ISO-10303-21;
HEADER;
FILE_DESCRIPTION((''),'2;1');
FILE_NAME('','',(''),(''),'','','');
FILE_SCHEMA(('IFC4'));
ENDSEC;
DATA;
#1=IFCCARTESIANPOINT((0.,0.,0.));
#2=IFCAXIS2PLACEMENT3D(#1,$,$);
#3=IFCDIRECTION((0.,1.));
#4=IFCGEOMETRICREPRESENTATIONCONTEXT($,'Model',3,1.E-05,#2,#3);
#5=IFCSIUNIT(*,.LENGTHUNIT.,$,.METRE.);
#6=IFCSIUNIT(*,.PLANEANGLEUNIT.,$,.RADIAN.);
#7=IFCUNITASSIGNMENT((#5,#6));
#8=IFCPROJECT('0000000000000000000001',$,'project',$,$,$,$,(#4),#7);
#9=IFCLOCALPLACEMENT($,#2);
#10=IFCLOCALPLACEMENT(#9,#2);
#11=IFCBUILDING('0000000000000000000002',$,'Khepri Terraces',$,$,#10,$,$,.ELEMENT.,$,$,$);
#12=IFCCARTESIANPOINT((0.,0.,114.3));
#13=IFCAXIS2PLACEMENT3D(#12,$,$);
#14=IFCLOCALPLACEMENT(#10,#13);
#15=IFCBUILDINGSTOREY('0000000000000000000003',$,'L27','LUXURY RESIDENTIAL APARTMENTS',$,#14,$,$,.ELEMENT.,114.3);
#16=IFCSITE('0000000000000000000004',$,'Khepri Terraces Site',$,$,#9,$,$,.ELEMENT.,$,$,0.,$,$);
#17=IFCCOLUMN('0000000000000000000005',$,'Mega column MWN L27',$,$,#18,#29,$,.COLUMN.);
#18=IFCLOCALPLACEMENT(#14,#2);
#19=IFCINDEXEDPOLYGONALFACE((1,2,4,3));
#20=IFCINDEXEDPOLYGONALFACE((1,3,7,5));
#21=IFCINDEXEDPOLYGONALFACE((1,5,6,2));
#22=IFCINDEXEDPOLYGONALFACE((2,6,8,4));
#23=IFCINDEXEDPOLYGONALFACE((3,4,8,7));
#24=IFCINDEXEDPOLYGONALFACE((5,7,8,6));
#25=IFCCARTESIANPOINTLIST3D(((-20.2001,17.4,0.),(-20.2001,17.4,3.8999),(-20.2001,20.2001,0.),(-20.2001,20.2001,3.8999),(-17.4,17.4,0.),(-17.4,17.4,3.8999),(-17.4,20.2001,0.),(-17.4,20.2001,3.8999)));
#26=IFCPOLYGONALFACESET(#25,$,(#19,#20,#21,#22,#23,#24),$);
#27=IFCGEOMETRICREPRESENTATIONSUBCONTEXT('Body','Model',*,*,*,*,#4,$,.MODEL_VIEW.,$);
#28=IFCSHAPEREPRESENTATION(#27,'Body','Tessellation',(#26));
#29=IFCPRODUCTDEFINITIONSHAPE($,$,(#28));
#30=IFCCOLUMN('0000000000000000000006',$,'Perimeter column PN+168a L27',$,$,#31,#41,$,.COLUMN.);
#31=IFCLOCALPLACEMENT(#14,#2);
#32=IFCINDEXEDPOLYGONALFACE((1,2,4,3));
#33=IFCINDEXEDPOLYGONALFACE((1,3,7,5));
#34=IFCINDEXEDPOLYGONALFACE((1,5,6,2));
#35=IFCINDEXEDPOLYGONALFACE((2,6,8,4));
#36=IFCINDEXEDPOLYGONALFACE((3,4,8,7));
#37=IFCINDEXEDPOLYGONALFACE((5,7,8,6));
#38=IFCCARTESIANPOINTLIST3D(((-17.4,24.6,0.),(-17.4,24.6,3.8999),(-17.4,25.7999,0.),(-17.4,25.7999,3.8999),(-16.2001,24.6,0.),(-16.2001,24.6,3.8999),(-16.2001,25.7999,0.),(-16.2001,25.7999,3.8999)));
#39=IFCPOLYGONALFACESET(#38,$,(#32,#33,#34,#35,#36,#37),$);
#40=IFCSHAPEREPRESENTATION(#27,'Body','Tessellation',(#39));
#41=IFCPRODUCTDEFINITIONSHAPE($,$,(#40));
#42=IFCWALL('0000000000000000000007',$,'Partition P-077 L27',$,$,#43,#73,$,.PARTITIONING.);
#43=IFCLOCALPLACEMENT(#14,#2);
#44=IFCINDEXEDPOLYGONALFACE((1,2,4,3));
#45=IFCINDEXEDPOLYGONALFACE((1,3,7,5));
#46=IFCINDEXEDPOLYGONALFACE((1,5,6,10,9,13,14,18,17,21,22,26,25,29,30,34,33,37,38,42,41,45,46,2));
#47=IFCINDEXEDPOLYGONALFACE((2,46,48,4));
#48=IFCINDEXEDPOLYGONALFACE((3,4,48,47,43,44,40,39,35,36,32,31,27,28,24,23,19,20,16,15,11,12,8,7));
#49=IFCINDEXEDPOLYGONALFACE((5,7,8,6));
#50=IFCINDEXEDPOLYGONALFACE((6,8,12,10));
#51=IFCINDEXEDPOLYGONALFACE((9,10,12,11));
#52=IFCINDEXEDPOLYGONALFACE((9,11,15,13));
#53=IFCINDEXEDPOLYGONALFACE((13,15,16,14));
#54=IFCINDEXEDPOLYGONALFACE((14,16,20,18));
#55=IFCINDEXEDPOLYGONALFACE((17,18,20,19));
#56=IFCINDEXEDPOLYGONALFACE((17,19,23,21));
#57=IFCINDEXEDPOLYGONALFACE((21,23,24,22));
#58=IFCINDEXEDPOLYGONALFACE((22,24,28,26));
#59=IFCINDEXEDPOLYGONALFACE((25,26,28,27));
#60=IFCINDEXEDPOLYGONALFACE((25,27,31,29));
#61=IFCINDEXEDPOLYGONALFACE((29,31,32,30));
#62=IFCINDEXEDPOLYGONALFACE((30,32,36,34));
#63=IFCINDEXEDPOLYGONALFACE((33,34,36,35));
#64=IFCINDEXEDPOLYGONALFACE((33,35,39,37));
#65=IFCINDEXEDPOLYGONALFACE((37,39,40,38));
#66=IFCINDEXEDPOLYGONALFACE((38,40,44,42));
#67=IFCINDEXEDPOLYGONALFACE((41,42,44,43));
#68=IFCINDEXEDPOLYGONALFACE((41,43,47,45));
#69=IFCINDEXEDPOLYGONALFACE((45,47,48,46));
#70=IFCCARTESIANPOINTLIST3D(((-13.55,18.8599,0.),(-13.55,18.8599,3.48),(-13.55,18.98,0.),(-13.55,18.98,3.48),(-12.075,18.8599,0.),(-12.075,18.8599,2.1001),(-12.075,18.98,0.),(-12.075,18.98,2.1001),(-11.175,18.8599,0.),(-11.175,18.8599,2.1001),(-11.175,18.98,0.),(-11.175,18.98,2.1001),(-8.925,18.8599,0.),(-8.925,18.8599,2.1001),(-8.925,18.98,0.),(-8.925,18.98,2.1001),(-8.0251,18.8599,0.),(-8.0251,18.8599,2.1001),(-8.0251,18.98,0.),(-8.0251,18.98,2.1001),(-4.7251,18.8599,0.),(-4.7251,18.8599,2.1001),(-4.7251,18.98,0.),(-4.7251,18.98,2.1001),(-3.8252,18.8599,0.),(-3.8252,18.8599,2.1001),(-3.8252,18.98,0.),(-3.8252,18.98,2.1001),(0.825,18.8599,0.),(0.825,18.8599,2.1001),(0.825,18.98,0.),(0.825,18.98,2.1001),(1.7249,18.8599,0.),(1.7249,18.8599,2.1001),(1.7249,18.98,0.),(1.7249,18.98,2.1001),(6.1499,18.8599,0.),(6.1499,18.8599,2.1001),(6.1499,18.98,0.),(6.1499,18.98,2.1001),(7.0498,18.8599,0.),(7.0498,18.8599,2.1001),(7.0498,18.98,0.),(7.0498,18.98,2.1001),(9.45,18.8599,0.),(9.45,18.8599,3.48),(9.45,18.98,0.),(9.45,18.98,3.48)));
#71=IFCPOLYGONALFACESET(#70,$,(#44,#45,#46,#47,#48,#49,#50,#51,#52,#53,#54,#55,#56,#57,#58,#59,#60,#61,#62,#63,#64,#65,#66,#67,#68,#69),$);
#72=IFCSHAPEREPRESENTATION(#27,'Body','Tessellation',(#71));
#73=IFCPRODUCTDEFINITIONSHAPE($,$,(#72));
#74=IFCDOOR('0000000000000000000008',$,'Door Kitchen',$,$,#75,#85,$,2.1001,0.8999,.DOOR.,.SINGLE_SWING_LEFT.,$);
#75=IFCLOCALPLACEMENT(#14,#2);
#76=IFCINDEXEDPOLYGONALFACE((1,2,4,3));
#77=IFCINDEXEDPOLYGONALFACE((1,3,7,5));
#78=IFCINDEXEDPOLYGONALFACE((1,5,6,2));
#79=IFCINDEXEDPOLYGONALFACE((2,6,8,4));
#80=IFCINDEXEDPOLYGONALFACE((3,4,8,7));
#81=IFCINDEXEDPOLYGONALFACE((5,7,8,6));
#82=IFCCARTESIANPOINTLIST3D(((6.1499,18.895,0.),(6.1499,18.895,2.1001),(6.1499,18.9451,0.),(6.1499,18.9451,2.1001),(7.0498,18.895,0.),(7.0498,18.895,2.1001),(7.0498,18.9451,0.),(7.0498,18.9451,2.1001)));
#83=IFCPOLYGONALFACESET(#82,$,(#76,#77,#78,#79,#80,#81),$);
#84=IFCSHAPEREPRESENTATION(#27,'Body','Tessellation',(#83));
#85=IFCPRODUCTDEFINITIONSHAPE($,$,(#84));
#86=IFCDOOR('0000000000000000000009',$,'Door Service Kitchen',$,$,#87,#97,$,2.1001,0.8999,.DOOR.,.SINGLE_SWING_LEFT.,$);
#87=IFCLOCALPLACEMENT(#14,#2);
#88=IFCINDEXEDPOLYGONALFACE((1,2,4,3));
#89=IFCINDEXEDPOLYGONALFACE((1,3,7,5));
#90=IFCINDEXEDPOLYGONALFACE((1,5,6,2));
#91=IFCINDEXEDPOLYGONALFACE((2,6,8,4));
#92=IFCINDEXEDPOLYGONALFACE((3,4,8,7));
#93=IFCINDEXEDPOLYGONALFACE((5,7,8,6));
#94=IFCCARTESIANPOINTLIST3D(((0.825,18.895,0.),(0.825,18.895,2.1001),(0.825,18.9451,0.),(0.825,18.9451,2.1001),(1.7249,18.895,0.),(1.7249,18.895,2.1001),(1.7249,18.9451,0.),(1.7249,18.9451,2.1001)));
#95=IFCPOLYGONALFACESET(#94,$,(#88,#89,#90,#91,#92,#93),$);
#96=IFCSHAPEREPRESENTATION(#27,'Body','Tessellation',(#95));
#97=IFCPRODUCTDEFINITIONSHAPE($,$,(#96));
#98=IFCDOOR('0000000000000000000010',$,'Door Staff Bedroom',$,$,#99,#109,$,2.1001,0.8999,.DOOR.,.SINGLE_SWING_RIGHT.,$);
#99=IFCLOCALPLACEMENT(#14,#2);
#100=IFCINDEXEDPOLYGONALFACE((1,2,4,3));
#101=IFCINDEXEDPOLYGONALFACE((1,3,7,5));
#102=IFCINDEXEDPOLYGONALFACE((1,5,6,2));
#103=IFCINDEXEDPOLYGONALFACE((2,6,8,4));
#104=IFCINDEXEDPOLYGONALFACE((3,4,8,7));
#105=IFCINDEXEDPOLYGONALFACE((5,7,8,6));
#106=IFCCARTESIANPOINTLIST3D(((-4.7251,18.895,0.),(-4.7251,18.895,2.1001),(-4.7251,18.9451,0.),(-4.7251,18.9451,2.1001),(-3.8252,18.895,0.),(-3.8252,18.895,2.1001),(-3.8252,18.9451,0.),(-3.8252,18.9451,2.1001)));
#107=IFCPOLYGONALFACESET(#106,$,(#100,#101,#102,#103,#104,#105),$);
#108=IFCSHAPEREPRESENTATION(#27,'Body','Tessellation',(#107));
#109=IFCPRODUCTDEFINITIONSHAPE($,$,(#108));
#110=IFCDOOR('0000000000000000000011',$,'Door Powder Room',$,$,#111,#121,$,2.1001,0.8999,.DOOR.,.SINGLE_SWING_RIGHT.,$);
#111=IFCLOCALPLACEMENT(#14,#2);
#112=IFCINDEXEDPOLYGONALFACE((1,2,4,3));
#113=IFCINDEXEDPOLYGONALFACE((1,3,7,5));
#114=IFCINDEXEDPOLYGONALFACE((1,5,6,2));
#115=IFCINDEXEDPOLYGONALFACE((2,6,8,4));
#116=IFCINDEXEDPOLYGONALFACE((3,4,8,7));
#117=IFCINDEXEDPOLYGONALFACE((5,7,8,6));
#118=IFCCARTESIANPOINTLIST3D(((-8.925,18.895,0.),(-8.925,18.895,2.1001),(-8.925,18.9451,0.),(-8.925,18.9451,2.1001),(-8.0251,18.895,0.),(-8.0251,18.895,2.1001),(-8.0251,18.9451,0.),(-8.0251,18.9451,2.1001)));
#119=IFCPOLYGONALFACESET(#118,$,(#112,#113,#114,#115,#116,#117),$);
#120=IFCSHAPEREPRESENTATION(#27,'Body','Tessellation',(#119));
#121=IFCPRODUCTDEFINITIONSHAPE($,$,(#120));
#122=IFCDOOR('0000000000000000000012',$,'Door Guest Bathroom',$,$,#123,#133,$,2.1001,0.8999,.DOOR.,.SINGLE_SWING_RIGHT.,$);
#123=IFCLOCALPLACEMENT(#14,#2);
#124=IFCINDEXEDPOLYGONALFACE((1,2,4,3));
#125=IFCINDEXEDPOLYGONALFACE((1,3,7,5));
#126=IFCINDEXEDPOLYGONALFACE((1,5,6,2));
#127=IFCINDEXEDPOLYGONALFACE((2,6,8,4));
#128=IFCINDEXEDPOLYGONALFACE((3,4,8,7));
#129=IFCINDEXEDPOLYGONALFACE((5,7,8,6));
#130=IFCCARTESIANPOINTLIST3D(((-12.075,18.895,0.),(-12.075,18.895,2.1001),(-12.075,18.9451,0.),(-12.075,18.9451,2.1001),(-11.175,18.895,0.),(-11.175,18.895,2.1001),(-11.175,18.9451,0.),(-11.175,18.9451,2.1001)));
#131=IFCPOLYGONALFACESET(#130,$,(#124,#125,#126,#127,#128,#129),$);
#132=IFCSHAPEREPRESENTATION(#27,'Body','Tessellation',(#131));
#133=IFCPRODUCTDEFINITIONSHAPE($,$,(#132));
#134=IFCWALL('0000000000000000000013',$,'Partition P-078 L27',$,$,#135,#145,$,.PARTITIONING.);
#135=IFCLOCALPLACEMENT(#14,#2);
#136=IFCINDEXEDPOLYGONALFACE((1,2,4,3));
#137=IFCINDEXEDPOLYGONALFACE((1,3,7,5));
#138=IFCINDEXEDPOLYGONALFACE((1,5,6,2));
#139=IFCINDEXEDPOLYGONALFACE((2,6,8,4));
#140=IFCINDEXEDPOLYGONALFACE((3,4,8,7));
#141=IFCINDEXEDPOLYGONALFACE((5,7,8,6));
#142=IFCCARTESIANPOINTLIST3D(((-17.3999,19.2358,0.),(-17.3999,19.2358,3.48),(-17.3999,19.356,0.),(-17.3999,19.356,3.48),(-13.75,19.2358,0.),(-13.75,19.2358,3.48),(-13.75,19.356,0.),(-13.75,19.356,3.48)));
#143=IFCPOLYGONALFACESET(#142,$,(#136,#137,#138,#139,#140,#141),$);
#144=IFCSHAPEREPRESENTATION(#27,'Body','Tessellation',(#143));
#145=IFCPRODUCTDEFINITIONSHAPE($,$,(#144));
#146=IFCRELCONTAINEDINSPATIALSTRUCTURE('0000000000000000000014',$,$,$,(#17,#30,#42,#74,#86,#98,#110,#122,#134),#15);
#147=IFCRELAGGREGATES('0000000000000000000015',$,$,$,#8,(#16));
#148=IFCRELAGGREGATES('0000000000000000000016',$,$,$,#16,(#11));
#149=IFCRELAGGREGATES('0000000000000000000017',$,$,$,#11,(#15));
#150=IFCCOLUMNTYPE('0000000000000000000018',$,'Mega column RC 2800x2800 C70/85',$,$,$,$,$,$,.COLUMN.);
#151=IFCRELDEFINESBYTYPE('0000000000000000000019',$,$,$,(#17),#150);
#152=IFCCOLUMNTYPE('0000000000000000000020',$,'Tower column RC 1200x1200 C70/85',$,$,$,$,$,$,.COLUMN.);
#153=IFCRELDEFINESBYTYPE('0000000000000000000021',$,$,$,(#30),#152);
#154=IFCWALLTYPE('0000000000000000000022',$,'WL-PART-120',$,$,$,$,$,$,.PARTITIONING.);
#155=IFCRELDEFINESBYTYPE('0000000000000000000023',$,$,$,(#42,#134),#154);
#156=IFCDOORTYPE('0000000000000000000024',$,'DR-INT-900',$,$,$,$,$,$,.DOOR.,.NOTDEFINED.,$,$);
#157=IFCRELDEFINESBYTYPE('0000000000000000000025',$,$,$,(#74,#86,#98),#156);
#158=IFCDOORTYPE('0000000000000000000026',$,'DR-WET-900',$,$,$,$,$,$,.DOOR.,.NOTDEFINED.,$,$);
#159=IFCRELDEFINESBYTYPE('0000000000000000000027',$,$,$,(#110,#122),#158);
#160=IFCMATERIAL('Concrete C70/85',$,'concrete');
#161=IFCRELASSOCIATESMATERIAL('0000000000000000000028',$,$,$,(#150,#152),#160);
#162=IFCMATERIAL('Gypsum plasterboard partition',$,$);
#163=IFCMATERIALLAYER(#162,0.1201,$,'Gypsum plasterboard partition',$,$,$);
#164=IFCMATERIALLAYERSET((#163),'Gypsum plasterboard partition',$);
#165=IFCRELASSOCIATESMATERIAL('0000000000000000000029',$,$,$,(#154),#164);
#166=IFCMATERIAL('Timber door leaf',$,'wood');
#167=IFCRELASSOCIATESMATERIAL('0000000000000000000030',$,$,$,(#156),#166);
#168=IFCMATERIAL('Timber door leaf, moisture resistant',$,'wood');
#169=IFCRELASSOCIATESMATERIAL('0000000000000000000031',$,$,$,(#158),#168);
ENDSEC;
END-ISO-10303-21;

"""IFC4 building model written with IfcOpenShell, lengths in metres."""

from ifc_helpers import new_model, si_unit, direction, frame, frame_2d, origin, origin_2d, place, context, subcontext, project, spatial, rectangle, extrude, material, layer, layer_set, material_profile, profile_set, type_object, element, fill, save


model = new_model("IFC4")

# Units and contexts
model_context = context("Model", 3, precision=1e-05, world=origin(), true_north=direction((0.0, 1.0)))
body_context = subcontext(model_context, "Body", "Model", "MODEL_VIEW")
ifc_project = project(units=[si_unit("LENGTHUNIT", "METRE"), si_unit("PLANEANGLEUNIT", "RADIAN")], contexts=[model_context])

# Site, building, storey
site_placement = place(None, origin())
site = spatial("IfcSite", under=ifc_project, at=site_placement, Name="Khepri Terraces Site", CompositionType="ELEMENT", RefElevation=0.0)
building_placement = place(site_placement, origin())
building = spatial("IfcBuilding", under=site, at=building_placement, Name="Khepri Terraces", CompositionType="ELEMENT")
storey_placement = place(building_placement, frame((0.0, 0.0, 114.3)))
storey = spatial("IfcBuildingStorey", under=building, at=storey_placement, Name="L27", Description="LUXURY RESIDENTIAL APARTMENTS", CompositionType="ELEMENT", Elevation=114.3)

# Columns
ifc_material_1 = material(Name="Concrete C70/85", Category="concrete")
ifc_material_profile_1 = material_profile(ifc_material_1, rectangle(XDim=2.8, YDim=2.8, at=origin_2d()), Name="Concrete C70/85", Category="concrete")
ifc_profile_set_1 = profile_set([ifc_material_profile_1], Name="Concrete C70/85")
column_type_1 = type_object("IfcColumnType", Name="Mega column RC 2800x2800 C70/85", PredefinedType="COLUMN", material=ifc_profile_set_1)
column_1_placement = place(storey_placement, frame((-18.8, 18.8, 0.0), z_axis=(0.0, 0.0, 1.0), x_axis=(1.0, 0.0, 0.0)))
element("IfcColumn", 1, at=column_1_placement, inside=storey, type_object=column_type_1, Name="Mega column MWN L27", PredefinedType="COLUMN", context=body_context, shape_type="SweptSolid", body=[
    extrude(rectangle(XDim=2.8, YDim=2.8, at=origin_2d()), origin(), (0.0, 0.0, 1.0), 3.8999),
])
ifc_material_profile_2 = material_profile(ifc_material_1, rectangle(XDim=1.2, YDim=1.2, at=origin_2d()), Name="Concrete C70/85", Category="concrete")
ifc_profile_set_2 = profile_set([ifc_material_profile_2], Name="Concrete C70/85")
column_type_2 = type_object("IfcColumnType", Name="Tower column RC 1200x1200 C70/85", PredefinedType="COLUMN", material=ifc_profile_set_2)
column_2_placement = place(storey_placement, frame((-16.8, 25.2, 0.0), z_axis=(0.0, 0.0, 1.0), x_axis=(1.0, 0.0, 0.0)))
element("IfcColumn", 2, at=column_2_placement, inside=storey, type_object=column_type_2, Name="Perimeter column PN+168a L27", PredefinedType="COLUMN", context=body_context, shape_type="SweptSolid", body=[
    extrude(rectangle(XDim=1.2, YDim=1.2, at=origin_2d()), origin(), (0.0, 0.0, 1.0), 3.8999),
])

# Wall, openings, doors
ifc_material_2 = material(Name="Gypsum plasterboard partition")
ifc_layer_1 = layer(ifc_material_2, 0.1201, Name="Gypsum plasterboard partition")
ifc_layer_set_1 = layer_set([ifc_layer_1], Name="Gypsum plasterboard partition")
wall_type_1 = type_object("IfcWallType", Name="WL-PART-120", PredefinedType="PARTITIONING", material=ifc_layer_set_1)
wall_1_placement = place(storey_placement, frame((-13.55, 18.9199, 0.0), z_axis=(0.0, 0.0, 1.0), x_axis=(1.0, 0.0, 0.0)))
wall_1 = element("IfcWall", 3, at=wall_1_placement, inside=storey, type_object=wall_type_1, Name="Partition P-077 L27", PredefinedType="PARTITIONING", context=body_context, shape_type="SweptSolid", body=[
    extrude(rectangle(XDim=23.0, YDim=0.1201, at=frame_2d((11.5, 0.0))), origin(), (0.0, 0.0, 1.0), 3.48),
])
opening_1_placement = place(wall_1_placement, frame((19.7, 0.0, 0.0)))
opening_1 = element("IfcOpeningElement", 4, at=opening_1_placement, cuts=wall_1, PredefinedType="OPENING", context=body_context, shape_type="SweptSolid", body=[
    extrude(rectangle(XDim=0.8999, YDim=2.1001, at=frame_2d((0.45, 1.05))), frame((0.0, 0.0701, 0.0), z_axis=(0.0, -1.0, 0.0), x_axis=(1.0, 0.0, 0.0)), (0.0, 0.0, 1.0), 0.1401),
])
opening_2_placement = place(wall_1_placement, frame((14.375, 0.0, 0.0)))
opening_2 = element("IfcOpeningElement", 5, at=opening_2_placement, cuts=wall_1, PredefinedType="OPENING", context=body_context, shape_type="SweptSolid", body=[
    extrude(rectangle(XDim=0.8999, YDim=2.1001, at=frame_2d((0.45, 1.05))), frame((0.0, 0.0701, 0.0), z_axis=(0.0, -1.0, 0.0), x_axis=(1.0, 0.0, 0.0)), (0.0, 0.0, 1.0), 0.1401),
])
opening_3_placement = place(wall_1_placement, frame((8.825, 0.0, 0.0)))
opening_3 = element("IfcOpeningElement", 6, at=opening_3_placement, cuts=wall_1, PredefinedType="OPENING", context=body_context, shape_type="SweptSolid", body=[
    extrude(rectangle(XDim=0.8999, YDim=2.1001, at=frame_2d((0.45, 1.05))), frame((0.0, 0.0701, 0.0), z_axis=(0.0, -1.0, 0.0), x_axis=(1.0, 0.0, 0.0)), (0.0, 0.0, 1.0), 0.1401),
])
opening_4_placement = place(wall_1_placement, frame((4.625, 0.0, 0.0)))
opening_4 = element("IfcOpeningElement", 7, at=opening_4_placement, cuts=wall_1, PredefinedType="OPENING", context=body_context, shape_type="SweptSolid", body=[
    extrude(rectangle(XDim=0.8999, YDim=2.1001, at=frame_2d((0.45, 1.05))), frame((0.0, 0.0701, 0.0), z_axis=(0.0, -1.0, 0.0), x_axis=(1.0, 0.0, 0.0)), (0.0, 0.0, 1.0), 0.1401),
])
opening_5_placement = place(wall_1_placement, frame((1.4751, 0.0, 0.0)))
opening_5 = element("IfcOpeningElement", 8, at=opening_5_placement, cuts=wall_1, PredefinedType="OPENING", context=body_context, shape_type="SweptSolid", body=[
    extrude(rectangle(XDim=0.8999, YDim=2.1001, at=frame_2d((0.45, 1.05))), frame((0.0, 0.0701, 0.0), z_axis=(0.0, -1.0, 0.0), x_axis=(1.0, 0.0, 0.0)), (0.0, 0.0, 1.0), 0.1401),
])
ifc_material_3 = material(Name="Timber door leaf", Category="wood")
door_type_1 = type_object("IfcDoorType", Name="DR-INT-900", OperationType="NOTDEFINED", PredefinedType="DOOR", material=ifc_material_3)
door_1_placement = place(opening_1_placement, frame((0.8999, 0.0, 0.0), z_axis=(0.0, 0.0, 1.0), x_axis=(-1.0, 0.0, 0.0)))
door_1 = element("IfcDoor", 9, at=door_1_placement, inside=storey, type_object=door_type_1, Name="Door Kitchen", OperationType="SINGLE_SWING_LEFT", OverallHeight=2.1001, OverallWidth=0.8999, PredefinedType="DOOR", context=body_context, shape_type="SweptSolid", body=[
    extrude(rectangle(XDim=0.8999, YDim=2.1001, at=frame_2d((0.45, 1.05))), frame((0.0, 0.0249, 0.0), z_axis=(0.0, -1.0, 0.0), x_axis=(1.0, 0.0, 0.0)), (0.0, 0.0, 1.0), 0.05),
])
fill(opening_1, door_1)
door_2_placement = place(opening_2_placement, frame((0.8999, 0.0, 0.0), z_axis=(0.0, 0.0, 1.0), x_axis=(-1.0, 0.0, 0.0)))
door_2 = element("IfcDoor", 10, at=door_2_placement, inside=storey, type_object=door_type_1, Name="Door Service Kitchen", OperationType="SINGLE_SWING_LEFT", OverallHeight=2.1001, OverallWidth=0.8999, PredefinedType="DOOR", context=body_context, shape_type="SweptSolid", body=[
    extrude(rectangle(XDim=0.8999, YDim=2.1001, at=frame_2d((0.45, 1.05))), frame((0.0, 0.0249, 0.0), z_axis=(0.0, -1.0, 0.0), x_axis=(1.0, 0.0, 0.0)), (0.0, 0.0, 1.0), 0.05),
])
fill(opening_2, door_2)
door_3_placement = place(opening_3_placement, frame((0.8999, 0.0, 0.0), z_axis=(0.0, 0.0, 1.0), x_axis=(-1.0, 0.0, 0.0)))
door_3 = element("IfcDoor", 11, at=door_3_placement, inside=storey, type_object=door_type_1, Name="Door Staff Bedroom", OperationType="SINGLE_SWING_RIGHT", OverallHeight=2.1001, OverallWidth=0.8999, PredefinedType="DOOR", context=body_context, shape_type="SweptSolid", body=[
    extrude(rectangle(XDim=0.8999, YDim=2.1001, at=frame_2d((0.45, 1.05))), frame((0.0, 0.0249, 0.0), z_axis=(0.0, -1.0, 0.0), x_axis=(1.0, 0.0, 0.0)), (0.0, 0.0, 1.0), 0.05),
])
fill(opening_3, door_3)
ifc_material_4 = material(Name="Timber door leaf, moisture resistant", Category="wood")
door_type_2 = type_object("IfcDoorType", Name="DR-WET-900", OperationType="NOTDEFINED", PredefinedType="DOOR", material=ifc_material_4)
door_4_placement = place(opening_4_placement, frame((0.8999, 0.0, 0.0), z_axis=(0.0, 0.0, 1.0), x_axis=(-1.0, 0.0, 0.0)))
door_4 = element("IfcDoor", 12, at=door_4_placement, inside=storey, type_object=door_type_2, Name="Door Powder Room", OperationType="SINGLE_SWING_RIGHT", OverallHeight=2.1001, OverallWidth=0.8999, PredefinedType="DOOR", context=body_context, shape_type="SweptSolid", body=[
    extrude(rectangle(XDim=0.8999, YDim=2.1001, at=frame_2d((0.45, 1.05))), frame((0.0, 0.0249, 0.0), z_axis=(0.0, -1.0, 0.0), x_axis=(1.0, 0.0, 0.0)), (0.0, 0.0, 1.0), 0.05),
])
fill(opening_4, door_4)
door_5_placement = place(opening_5_placement, frame((0.8999, 0.0, 0.0), z_axis=(0.0, 0.0, 1.0), x_axis=(-1.0, 0.0, 0.0)))
door_5 = element("IfcDoor", 13, at=door_5_placement, inside=storey, type_object=door_type_2, Name="Door Guest Bathroom", OperationType="SINGLE_SWING_RIGHT", OverallHeight=2.1001, OverallWidth=0.8999, PredefinedType="DOOR", context=body_context, shape_type="SweptSolid", body=[
    extrude(rectangle(XDim=0.8999, YDim=2.1001, at=frame_2d((0.45, 1.05))), frame((0.0, 0.0249, 0.0), z_axis=(0.0, -1.0, 0.0), x_axis=(1.0, 0.0, 0.0)), (0.0, 0.0, 1.0), 0.05),
])
fill(opening_5, door_5)

# Wall
wall_2_placement = place(storey_placement, frame((-17.3999, 19.2959, 0.0), z_axis=(0.0, 0.0, 1.0), x_axis=(1.0, 0.0, 0.0)))
element("IfcWall", 14, at=wall_2_placement, inside=storey, type_object=wall_type_1, Name="Partition P-078 L27", PredefinedType="PARTITIONING", context=body_context, shape_type="SweptSolid", body=[
    extrude(rectangle(XDim=3.6499, YDim=0.1201, at=frame_2d((1.825, 0.0))), origin(), (0.0, 0.0, 1.0), 3.48),
])

save(model, "model.ifc")
